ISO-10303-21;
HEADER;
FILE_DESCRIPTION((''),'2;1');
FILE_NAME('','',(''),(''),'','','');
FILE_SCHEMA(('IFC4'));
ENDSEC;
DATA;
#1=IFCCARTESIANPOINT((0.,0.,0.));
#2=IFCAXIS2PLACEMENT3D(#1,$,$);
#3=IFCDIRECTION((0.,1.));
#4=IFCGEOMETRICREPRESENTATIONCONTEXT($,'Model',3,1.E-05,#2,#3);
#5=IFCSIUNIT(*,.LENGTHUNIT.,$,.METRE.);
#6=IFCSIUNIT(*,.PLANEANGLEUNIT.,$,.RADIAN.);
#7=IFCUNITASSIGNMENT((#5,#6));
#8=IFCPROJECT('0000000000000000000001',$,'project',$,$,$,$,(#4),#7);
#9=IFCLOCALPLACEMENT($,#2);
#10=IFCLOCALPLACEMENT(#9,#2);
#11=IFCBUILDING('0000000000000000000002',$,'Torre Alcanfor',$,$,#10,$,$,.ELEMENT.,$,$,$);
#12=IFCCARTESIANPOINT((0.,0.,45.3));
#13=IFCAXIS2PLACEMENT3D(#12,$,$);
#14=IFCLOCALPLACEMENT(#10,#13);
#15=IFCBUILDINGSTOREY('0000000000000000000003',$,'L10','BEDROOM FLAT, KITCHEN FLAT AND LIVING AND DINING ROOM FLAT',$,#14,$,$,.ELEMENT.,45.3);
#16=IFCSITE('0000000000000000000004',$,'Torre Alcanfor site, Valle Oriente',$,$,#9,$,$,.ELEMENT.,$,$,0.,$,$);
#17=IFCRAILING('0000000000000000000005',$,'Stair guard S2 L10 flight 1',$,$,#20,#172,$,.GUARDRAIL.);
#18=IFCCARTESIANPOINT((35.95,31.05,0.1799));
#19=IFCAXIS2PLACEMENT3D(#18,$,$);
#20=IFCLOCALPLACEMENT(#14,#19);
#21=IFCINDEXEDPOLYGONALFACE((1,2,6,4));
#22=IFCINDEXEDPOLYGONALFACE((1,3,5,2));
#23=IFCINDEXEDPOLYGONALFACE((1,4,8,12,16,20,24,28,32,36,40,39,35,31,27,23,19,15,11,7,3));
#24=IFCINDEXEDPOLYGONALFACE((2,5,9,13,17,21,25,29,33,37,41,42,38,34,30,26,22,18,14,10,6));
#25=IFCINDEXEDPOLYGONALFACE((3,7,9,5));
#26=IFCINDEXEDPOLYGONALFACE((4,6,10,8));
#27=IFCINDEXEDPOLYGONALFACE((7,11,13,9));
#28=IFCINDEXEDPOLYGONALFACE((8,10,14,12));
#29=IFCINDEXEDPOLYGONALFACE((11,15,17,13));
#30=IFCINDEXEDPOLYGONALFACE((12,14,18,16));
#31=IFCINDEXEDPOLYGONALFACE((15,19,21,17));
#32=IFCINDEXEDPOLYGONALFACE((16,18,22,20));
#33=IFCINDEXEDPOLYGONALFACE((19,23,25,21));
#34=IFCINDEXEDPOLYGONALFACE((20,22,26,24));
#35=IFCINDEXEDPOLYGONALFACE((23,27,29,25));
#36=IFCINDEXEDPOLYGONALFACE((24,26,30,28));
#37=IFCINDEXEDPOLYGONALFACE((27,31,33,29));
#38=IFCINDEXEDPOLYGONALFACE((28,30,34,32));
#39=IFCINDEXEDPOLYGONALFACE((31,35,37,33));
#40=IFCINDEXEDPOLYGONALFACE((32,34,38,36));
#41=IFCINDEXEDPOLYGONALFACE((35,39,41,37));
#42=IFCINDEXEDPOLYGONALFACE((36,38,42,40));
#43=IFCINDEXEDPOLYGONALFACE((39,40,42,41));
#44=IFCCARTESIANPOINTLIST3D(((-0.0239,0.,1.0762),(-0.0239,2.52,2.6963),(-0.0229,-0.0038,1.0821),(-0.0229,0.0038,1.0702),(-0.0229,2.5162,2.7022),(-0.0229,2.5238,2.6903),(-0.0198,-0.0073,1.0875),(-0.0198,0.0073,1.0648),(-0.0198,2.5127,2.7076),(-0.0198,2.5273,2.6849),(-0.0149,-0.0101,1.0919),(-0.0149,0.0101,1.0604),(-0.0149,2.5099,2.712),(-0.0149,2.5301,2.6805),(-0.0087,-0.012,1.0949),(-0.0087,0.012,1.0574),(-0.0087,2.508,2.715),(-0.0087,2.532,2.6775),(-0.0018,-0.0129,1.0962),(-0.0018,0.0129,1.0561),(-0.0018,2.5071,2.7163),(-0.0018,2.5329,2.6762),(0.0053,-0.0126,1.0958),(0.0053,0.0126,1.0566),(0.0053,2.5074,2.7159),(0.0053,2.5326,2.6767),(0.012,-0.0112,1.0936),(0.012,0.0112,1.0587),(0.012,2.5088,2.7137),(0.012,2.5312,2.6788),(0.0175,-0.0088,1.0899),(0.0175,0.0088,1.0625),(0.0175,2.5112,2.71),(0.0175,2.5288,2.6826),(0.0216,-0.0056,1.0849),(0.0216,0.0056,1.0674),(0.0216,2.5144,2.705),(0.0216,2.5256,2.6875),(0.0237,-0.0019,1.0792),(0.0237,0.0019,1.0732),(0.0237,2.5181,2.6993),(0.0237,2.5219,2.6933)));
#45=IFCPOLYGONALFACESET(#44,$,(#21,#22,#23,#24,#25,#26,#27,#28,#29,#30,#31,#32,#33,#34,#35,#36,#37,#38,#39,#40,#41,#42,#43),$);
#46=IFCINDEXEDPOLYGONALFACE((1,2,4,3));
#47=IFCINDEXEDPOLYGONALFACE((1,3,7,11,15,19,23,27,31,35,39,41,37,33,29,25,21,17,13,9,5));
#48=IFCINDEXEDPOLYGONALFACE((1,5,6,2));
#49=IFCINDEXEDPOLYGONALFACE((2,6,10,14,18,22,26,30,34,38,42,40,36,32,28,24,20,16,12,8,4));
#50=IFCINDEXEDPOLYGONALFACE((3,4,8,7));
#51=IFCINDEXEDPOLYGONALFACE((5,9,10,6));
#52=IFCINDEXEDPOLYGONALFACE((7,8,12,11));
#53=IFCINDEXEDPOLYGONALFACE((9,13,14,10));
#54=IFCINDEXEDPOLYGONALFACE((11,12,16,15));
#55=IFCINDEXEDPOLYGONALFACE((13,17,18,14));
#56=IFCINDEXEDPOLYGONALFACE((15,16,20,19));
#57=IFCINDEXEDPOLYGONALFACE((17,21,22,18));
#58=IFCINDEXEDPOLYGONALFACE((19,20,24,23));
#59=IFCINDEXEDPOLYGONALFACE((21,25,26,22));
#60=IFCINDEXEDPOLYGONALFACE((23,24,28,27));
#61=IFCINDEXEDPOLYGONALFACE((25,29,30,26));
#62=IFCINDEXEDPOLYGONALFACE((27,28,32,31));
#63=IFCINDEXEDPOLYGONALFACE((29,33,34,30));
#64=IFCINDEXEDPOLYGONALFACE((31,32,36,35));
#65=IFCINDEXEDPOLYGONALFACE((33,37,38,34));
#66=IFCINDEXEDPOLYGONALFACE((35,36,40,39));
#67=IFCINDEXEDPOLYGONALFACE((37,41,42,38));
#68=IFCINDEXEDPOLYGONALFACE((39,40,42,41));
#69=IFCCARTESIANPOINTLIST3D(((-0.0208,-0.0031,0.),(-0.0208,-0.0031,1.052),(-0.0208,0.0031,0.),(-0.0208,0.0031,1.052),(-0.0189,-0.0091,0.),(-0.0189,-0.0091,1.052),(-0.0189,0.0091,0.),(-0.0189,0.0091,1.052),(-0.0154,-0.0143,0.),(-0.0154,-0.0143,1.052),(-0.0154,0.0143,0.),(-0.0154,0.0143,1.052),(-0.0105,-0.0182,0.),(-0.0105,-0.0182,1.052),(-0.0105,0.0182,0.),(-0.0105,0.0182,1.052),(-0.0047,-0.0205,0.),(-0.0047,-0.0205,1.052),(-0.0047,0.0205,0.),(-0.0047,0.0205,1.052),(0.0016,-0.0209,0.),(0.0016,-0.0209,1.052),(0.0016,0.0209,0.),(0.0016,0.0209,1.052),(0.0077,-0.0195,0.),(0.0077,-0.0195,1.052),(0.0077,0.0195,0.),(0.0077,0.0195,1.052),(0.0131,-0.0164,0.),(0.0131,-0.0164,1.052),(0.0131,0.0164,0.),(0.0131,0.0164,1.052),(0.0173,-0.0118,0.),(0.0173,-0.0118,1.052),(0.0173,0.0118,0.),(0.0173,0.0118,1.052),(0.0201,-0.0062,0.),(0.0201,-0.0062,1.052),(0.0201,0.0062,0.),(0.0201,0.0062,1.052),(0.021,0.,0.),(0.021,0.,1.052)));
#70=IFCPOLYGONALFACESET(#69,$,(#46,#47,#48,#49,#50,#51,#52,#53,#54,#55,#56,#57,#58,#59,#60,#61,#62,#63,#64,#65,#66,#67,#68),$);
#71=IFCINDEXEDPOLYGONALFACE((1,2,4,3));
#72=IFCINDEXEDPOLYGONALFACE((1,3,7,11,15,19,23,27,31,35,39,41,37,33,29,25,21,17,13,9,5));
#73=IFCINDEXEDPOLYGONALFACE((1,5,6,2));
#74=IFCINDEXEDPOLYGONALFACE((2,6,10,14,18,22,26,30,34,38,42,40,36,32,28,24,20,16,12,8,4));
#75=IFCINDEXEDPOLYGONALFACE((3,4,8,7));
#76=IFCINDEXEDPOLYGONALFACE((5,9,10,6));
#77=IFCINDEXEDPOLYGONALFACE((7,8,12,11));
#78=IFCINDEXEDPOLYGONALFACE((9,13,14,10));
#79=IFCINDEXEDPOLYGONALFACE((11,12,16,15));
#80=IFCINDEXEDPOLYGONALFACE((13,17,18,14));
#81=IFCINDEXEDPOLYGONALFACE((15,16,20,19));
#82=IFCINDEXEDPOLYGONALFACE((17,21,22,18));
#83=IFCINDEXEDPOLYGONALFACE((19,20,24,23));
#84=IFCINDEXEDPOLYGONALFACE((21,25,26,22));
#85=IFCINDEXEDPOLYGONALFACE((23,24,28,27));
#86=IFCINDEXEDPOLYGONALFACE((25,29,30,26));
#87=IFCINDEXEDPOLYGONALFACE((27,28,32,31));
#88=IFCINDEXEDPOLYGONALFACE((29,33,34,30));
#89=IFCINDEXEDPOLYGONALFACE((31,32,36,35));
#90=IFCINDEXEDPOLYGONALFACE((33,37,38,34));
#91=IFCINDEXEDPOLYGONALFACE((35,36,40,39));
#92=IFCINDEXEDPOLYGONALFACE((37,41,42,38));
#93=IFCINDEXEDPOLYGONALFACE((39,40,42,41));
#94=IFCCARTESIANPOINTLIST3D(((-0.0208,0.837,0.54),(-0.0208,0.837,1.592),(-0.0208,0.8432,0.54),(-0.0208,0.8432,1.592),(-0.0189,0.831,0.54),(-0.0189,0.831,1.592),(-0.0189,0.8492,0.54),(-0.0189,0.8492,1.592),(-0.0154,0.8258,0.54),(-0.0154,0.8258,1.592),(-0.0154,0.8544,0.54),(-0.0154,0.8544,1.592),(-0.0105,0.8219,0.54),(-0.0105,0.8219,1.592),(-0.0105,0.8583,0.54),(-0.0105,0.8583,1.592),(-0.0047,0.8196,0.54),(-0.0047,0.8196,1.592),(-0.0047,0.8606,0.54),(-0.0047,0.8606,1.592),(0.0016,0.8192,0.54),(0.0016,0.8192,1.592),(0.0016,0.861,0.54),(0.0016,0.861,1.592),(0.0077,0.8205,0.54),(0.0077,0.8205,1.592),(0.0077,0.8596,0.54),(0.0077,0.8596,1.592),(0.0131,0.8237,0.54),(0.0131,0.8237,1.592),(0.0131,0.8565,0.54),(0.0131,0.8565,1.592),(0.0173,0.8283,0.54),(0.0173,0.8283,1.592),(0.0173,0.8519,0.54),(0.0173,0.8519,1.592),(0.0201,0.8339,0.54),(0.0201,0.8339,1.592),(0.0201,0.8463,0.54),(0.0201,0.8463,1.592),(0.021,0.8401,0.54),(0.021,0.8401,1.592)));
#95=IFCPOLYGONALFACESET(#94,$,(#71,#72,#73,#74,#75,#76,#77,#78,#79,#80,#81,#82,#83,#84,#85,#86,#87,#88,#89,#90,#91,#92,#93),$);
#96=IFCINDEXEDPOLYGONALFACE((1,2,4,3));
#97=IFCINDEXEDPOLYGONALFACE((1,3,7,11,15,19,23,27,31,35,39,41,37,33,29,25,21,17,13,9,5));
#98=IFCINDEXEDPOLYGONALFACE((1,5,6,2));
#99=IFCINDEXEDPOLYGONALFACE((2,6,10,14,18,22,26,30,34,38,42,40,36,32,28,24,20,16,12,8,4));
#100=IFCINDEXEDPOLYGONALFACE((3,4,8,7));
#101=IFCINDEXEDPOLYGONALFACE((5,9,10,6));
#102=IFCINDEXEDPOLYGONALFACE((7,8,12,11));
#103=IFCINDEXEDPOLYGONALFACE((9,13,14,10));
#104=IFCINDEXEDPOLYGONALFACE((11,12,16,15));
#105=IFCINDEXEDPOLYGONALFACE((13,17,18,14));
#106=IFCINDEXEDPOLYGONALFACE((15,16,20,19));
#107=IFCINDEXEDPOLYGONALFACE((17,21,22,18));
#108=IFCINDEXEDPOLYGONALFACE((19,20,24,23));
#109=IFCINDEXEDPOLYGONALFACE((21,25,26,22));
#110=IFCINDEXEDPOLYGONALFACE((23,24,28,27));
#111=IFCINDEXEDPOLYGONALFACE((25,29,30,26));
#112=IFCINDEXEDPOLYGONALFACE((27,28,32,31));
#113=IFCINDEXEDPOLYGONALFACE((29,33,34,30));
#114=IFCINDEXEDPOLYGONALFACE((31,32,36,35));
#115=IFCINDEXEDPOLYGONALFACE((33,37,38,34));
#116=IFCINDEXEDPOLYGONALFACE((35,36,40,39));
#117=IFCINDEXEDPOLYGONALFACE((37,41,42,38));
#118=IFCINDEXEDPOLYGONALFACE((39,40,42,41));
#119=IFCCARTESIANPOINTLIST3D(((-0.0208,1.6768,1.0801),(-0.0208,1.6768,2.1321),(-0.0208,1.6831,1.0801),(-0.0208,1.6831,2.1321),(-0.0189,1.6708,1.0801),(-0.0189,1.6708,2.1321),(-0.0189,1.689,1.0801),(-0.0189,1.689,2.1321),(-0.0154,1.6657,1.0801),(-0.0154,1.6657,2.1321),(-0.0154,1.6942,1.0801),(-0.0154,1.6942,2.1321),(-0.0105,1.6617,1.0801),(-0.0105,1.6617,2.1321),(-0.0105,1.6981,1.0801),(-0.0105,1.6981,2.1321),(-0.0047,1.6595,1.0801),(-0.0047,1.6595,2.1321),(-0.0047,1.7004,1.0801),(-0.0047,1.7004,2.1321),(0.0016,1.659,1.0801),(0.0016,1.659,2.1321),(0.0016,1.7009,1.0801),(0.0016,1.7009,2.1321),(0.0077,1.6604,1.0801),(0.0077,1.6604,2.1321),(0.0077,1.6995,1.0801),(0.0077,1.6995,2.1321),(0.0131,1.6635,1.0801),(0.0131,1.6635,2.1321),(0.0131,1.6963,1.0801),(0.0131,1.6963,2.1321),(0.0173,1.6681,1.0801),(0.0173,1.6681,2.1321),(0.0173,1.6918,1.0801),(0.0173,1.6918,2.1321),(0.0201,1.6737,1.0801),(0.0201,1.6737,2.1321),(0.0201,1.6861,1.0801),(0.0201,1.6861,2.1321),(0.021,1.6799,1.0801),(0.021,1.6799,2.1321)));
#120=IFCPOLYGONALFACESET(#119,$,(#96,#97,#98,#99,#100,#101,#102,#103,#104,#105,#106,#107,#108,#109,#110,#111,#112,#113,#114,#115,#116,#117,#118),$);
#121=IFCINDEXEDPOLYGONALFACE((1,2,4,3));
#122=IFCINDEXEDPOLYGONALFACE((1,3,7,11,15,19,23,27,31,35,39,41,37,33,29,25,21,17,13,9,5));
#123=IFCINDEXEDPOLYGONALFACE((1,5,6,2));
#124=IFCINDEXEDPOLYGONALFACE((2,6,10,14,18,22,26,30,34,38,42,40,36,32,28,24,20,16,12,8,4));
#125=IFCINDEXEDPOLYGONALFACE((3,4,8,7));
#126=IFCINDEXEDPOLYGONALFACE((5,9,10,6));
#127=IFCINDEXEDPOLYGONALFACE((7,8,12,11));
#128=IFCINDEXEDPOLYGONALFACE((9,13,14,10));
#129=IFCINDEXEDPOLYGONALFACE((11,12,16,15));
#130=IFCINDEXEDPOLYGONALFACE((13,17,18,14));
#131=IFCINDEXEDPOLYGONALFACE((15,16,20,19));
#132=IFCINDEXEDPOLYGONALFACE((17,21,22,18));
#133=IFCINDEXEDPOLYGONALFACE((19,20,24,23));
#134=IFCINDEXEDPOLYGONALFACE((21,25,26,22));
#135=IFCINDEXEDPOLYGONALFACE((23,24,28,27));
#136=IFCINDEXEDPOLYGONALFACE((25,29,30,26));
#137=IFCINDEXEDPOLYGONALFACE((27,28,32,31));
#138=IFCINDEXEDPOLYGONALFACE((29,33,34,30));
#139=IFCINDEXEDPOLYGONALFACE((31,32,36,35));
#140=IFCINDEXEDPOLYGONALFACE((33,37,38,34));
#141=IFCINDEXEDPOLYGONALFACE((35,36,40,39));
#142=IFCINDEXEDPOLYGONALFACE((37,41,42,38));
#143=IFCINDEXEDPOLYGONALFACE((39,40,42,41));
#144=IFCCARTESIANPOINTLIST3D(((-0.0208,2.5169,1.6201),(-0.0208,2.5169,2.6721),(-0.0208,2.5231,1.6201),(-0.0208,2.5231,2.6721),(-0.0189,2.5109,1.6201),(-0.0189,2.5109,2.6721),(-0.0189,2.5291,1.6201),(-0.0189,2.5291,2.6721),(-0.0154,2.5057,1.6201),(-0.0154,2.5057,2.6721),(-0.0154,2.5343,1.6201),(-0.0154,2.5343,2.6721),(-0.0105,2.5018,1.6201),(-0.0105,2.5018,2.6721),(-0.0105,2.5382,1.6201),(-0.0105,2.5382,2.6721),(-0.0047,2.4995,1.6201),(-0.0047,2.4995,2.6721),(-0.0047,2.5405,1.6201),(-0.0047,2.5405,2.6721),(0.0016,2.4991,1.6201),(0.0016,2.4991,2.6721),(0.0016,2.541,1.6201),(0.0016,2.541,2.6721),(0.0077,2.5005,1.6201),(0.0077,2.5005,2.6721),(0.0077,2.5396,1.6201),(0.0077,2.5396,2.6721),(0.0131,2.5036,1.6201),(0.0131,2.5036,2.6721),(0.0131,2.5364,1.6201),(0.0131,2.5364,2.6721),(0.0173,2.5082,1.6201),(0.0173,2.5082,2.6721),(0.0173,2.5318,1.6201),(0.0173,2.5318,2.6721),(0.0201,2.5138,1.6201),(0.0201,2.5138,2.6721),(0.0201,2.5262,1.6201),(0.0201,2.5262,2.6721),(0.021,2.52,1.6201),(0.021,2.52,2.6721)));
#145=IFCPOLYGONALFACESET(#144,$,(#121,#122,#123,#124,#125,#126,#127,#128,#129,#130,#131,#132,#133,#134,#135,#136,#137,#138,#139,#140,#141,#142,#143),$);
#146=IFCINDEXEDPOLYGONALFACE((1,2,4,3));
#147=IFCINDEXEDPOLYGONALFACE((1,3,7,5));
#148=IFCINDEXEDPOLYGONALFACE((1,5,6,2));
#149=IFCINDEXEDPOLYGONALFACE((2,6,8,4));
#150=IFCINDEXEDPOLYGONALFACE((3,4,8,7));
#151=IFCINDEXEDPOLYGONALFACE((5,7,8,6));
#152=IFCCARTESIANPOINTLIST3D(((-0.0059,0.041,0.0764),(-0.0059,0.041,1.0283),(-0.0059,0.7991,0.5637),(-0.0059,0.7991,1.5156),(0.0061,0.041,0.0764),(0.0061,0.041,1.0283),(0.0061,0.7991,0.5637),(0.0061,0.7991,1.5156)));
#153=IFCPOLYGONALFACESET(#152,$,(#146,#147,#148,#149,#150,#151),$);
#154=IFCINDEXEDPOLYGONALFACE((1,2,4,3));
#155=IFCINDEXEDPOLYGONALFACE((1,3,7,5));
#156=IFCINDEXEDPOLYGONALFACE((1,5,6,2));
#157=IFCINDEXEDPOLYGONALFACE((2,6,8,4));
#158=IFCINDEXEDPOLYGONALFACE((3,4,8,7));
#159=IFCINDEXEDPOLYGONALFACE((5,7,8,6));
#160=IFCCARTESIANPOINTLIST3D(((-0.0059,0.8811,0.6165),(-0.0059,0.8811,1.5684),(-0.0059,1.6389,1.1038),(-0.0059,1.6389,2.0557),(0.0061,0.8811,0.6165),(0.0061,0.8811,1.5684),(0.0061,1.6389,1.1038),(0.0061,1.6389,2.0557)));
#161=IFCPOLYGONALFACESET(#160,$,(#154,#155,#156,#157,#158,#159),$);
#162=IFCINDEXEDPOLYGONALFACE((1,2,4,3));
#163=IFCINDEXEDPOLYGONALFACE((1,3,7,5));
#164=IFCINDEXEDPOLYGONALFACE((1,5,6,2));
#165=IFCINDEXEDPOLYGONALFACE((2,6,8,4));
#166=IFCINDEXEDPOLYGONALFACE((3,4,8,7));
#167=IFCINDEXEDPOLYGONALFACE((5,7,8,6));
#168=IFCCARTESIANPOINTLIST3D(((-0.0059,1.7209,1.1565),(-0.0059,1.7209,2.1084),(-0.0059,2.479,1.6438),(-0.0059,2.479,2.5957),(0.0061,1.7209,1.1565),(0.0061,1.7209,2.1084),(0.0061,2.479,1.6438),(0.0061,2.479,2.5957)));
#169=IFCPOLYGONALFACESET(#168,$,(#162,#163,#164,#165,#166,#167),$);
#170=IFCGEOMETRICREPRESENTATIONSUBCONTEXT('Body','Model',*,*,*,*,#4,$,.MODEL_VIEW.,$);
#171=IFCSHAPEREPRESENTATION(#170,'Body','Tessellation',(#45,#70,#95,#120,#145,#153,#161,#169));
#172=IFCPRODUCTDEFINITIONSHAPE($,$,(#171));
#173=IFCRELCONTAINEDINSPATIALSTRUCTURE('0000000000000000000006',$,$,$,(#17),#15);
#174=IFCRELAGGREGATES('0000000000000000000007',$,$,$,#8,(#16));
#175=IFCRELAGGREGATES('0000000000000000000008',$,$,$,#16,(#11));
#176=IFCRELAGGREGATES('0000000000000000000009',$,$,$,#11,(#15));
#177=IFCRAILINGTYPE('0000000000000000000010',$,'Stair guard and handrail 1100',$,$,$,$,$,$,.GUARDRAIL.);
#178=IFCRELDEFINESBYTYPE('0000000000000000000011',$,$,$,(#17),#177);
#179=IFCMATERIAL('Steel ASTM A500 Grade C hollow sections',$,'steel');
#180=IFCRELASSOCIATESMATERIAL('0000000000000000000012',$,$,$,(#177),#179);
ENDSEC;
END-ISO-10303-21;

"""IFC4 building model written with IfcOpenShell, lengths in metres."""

from ifc_helpers import new_model, si_unit, direction, frame, origin, origin_2d, place, context, subcontext, project, spatial, polyline, circle, outline, extrude, material, type_object, element, save


model = new_model("IFC4")

# Units and contexts
model_context = context("Model", 3, precision=1e-05, world=origin(), true_north=direction((0.0, 1.0)))
body_context = subcontext(model_context, "Body", "Model", "MODEL_VIEW")
ifc_project = project(units=[si_unit("LENGTHUNIT", "METRE"), si_unit("PLANEANGLEUNIT", "RADIAN")], contexts=[model_context])

# Site, building, storey
site_placement = place(None, origin())
site = spatial("IfcSite", under=ifc_project, at=site_placement, Name="Torre Alcanfor site, Valle Oriente", CompositionType="ELEMENT", RefElevation=0.0)
building_placement = place(site_placement, origin())
building = spatial("IfcBuilding", under=site, at=building_placement, Name="Torre Alcanfor", CompositionType="ELEMENT")
storey_placement = place(building_placement, frame((0.0, 0.0, 45.3)))
storey = spatial("IfcBuildingStorey", under=building, at=storey_placement, Name="L10", Description="BEDROOM FLAT, KITCHEN FLAT AND LIVING AND DINING ROOM FLAT", CompositionType="ELEMENT", Elevation=45.3)

# Railing
ifc_material_1 = material(Name="Steel ASTM A500 Grade C hollow sections", Category="steel")
railing_type_1 = type_object("IfcRailingType", Name="Stair guard and handrail 1100", PredefinedType="GUARDRAIL", material=ifc_material_1)
railing_1_placement = place(storey_placement, frame((35.95, 31.05, 0.1799)))
element("IfcRailing", 1, at=railing_1_placement, inside=storey, type_object=railing_type_1, Name="Stair guard S2 L10 flight 1", PredefinedType="GUARDRAIL", context=body_context, shape_type="SweptSolid", body=[
    extrude(circle(Radius=0.0239, at=origin_2d()), frame((0.0, 0.0, 1.0762), z_axis=(0.0, 0.841163, 0.540782), x_axis=(-1.0, 0.0, 0.0)), (0.0, 0.0, 1.0), 2.9958),
    extrude(circle(Radius=0.021, at=origin_2d()), origin(), (0.0, 0.0, 1.0), 1.052),
    extrude(circle(Radius=0.021, at=origin_2d()), frame((0.0, 0.8401, 0.54)), (0.0, 0.0, 1.0), 1.052),
    extrude(circle(Radius=0.021, at=origin_2d()), frame((0.0, 1.6799, 1.0801)), (0.0, 0.0, 1.0), 1.052),
    extrude(circle(Radius=0.021, at=origin_2d()), frame((0.0, 2.52, 1.6201)), (0.0, 0.0, 1.0), 1.052),
    extrude(outline(polyline([(0.041, 0.0764), (0.7991, 0.5637), (0.7991, 1.5156), (0.041, 1.0283), (0.041, 0.0764)])), frame((-0.0059, 0.0, 0.0), z_axis=(1.0, 0.0, 0.0), x_axis=(0.0, 1.0, 0.0)), (0.0, 0.0, 1.0), 0.012),
    extrude(outline(polyline([(0.8811, 0.6165), (1.6389, 1.1038), (1.6389, 2.0557), (0.8811, 1.5684), (0.8811, 0.6165)])), frame((-0.0059, 0.0, 0.0), z_axis=(1.0, 0.0, 0.0), x_axis=(0.0, 1.0, 0.0)), (0.0, 0.0, 1.0), 0.012),
    extrude(outline(polyline([(1.7209, 1.1565), (2.479, 1.6438), (2.479, 2.5957), (1.7209, 2.1084), (1.7209, 1.1565)])), frame((-0.0059, 0.0, 0.0), z_axis=(1.0, 0.0, 0.0), x_axis=(0.0, 1.0, 0.0)), (0.0, 0.0, 1.0), 0.012),
])

save(model, "model.ifc")
